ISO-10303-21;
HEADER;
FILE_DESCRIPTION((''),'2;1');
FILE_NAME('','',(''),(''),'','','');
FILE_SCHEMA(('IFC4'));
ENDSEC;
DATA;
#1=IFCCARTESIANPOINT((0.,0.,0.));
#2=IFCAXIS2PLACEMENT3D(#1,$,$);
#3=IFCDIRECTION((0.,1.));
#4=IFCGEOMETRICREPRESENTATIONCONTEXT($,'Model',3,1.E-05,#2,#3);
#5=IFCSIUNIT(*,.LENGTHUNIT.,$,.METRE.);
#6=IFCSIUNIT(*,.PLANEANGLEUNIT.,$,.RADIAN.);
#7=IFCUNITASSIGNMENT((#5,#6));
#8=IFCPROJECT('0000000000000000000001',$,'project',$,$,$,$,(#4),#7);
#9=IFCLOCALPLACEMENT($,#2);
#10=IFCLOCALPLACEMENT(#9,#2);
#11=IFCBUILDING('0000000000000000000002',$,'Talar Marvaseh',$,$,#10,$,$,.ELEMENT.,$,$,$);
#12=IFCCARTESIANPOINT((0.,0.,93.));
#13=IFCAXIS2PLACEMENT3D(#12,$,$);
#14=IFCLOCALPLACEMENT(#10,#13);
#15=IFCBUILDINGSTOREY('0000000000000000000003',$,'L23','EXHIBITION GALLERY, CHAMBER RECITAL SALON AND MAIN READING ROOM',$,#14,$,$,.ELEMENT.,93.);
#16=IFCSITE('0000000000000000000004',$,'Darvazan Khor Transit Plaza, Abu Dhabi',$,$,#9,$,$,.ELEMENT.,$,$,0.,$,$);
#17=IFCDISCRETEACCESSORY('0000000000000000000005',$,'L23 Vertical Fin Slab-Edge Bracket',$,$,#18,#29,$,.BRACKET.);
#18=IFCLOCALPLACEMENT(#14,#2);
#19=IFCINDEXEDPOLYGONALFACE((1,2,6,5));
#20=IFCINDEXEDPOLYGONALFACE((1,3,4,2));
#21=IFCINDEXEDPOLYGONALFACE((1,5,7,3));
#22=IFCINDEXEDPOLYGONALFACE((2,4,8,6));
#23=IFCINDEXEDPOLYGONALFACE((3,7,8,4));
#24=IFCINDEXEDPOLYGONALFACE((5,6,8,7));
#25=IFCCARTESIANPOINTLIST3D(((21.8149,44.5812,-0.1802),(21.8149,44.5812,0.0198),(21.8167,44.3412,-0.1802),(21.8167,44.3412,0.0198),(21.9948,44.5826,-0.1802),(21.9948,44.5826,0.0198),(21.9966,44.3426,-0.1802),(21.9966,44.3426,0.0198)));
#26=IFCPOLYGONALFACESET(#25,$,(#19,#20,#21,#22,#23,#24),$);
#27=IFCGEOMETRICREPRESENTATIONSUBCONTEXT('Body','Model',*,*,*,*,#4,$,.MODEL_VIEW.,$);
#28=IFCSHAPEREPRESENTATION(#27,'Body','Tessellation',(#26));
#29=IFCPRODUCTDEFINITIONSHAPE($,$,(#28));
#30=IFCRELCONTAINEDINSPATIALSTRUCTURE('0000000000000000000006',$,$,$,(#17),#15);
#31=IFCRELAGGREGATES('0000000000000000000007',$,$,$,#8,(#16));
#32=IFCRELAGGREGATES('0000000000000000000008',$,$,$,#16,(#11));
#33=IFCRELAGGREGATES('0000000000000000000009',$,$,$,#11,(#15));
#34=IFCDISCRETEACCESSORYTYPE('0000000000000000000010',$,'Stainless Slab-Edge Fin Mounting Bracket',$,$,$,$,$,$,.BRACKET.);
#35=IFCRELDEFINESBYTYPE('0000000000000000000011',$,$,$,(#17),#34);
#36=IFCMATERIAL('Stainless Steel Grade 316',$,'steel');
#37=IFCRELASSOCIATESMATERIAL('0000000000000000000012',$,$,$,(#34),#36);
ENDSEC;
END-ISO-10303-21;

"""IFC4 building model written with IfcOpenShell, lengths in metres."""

from ifc_helpers import new_model, si_unit, direction, frame, origin, origin_2d, place, context, subcontext, project, spatial, rectangle, extrude, source, transform, mapped, material, type_object, type_shapes, element, save


model = new_model("IFC4")

# Units and contexts
model_context = context("Model", 3, precision=1e-05, world=origin(), true_north=direction((0.0, 1.0)))
body_context = subcontext(model_context, "Body", "Model", "MODEL_VIEW")
ifc_project = project(units=[si_unit("LENGTHUNIT", "METRE"), si_unit("PLANEANGLEUNIT", "RADIAN")], contexts=[model_context])

# Site, building, storey
site_placement = place(None, origin())
site = spatial("IfcSite", under=ifc_project, at=site_placement, Name="Darvazan Khor Transit Plaza, Abu Dhabi", CompositionType="ELEMENT", RefElevation=0.0)
building_placement = place(site_placement, origin())
building = spatial("IfcBuilding", under=site, at=building_placement, Name="Talar Marvaseh", CompositionType="ELEMENT")
storey_placement = place(building_placement, frame((0.0, 0.0, 93.0)))
storey = spatial("IfcBuildingStorey", under=building, at=storey_placement, Name="L23", Description="EXHIBITION GALLERY, CHAMBER RECITAL SALON AND MAIN READING ROOM", CompositionType="ELEMENT", Elevation=93.0)

# Shared definitions
ifc_material_1 = material(Name="Stainless Steel Grade 316", Category="steel")

# Discrete accessory
discrete_accessory_type = type_object("IfcDiscreteAccessoryType", Name="Stainless Slab-Edge Fin Mounting Bracket", PredefinedType="BRACKET", material=ifc_material_1)
shared_shape_1 = source(origin(), body_context, "Body", "SweptSolid", [
    extrude(rectangle(XDim=0.24, YDim=0.1799, at=origin_2d()), origin(), (0.0, 0.0, 1.0), 0.2),
])
type_shapes(discrete_accessory_type, [shared_shape_1])
for number, where, z_axis, x_axis, name in (
    (1, (21.9058, 44.4619, -0.1802), (0.0, 0.0, 1.0), (-0.007505, 0.999972, 0.0), "L23 Vertical Fin Slab-Edge Bracket"),
):
    element("IfcDiscreteAccessory", number, at=place(storey_placement, frame(where, z_axis=z_axis, x_axis=x_axis)), inside=storey, type_object=discrete_accessory_type, Name=name, PredefinedType="BRACKET", context=body_context, shape_type="MappedRepresentation", body=[
        mapped(shared_shape_1, transform((0.0, 0.0, 0.0), x_axis=(1.0, 0.0, 0.0), y_axis=(0.0, 1.0, 0.0), z_axis=(0.0, 0.0, 1.0), scale=1.0)),
    ])

save(model, "model.ifc")
